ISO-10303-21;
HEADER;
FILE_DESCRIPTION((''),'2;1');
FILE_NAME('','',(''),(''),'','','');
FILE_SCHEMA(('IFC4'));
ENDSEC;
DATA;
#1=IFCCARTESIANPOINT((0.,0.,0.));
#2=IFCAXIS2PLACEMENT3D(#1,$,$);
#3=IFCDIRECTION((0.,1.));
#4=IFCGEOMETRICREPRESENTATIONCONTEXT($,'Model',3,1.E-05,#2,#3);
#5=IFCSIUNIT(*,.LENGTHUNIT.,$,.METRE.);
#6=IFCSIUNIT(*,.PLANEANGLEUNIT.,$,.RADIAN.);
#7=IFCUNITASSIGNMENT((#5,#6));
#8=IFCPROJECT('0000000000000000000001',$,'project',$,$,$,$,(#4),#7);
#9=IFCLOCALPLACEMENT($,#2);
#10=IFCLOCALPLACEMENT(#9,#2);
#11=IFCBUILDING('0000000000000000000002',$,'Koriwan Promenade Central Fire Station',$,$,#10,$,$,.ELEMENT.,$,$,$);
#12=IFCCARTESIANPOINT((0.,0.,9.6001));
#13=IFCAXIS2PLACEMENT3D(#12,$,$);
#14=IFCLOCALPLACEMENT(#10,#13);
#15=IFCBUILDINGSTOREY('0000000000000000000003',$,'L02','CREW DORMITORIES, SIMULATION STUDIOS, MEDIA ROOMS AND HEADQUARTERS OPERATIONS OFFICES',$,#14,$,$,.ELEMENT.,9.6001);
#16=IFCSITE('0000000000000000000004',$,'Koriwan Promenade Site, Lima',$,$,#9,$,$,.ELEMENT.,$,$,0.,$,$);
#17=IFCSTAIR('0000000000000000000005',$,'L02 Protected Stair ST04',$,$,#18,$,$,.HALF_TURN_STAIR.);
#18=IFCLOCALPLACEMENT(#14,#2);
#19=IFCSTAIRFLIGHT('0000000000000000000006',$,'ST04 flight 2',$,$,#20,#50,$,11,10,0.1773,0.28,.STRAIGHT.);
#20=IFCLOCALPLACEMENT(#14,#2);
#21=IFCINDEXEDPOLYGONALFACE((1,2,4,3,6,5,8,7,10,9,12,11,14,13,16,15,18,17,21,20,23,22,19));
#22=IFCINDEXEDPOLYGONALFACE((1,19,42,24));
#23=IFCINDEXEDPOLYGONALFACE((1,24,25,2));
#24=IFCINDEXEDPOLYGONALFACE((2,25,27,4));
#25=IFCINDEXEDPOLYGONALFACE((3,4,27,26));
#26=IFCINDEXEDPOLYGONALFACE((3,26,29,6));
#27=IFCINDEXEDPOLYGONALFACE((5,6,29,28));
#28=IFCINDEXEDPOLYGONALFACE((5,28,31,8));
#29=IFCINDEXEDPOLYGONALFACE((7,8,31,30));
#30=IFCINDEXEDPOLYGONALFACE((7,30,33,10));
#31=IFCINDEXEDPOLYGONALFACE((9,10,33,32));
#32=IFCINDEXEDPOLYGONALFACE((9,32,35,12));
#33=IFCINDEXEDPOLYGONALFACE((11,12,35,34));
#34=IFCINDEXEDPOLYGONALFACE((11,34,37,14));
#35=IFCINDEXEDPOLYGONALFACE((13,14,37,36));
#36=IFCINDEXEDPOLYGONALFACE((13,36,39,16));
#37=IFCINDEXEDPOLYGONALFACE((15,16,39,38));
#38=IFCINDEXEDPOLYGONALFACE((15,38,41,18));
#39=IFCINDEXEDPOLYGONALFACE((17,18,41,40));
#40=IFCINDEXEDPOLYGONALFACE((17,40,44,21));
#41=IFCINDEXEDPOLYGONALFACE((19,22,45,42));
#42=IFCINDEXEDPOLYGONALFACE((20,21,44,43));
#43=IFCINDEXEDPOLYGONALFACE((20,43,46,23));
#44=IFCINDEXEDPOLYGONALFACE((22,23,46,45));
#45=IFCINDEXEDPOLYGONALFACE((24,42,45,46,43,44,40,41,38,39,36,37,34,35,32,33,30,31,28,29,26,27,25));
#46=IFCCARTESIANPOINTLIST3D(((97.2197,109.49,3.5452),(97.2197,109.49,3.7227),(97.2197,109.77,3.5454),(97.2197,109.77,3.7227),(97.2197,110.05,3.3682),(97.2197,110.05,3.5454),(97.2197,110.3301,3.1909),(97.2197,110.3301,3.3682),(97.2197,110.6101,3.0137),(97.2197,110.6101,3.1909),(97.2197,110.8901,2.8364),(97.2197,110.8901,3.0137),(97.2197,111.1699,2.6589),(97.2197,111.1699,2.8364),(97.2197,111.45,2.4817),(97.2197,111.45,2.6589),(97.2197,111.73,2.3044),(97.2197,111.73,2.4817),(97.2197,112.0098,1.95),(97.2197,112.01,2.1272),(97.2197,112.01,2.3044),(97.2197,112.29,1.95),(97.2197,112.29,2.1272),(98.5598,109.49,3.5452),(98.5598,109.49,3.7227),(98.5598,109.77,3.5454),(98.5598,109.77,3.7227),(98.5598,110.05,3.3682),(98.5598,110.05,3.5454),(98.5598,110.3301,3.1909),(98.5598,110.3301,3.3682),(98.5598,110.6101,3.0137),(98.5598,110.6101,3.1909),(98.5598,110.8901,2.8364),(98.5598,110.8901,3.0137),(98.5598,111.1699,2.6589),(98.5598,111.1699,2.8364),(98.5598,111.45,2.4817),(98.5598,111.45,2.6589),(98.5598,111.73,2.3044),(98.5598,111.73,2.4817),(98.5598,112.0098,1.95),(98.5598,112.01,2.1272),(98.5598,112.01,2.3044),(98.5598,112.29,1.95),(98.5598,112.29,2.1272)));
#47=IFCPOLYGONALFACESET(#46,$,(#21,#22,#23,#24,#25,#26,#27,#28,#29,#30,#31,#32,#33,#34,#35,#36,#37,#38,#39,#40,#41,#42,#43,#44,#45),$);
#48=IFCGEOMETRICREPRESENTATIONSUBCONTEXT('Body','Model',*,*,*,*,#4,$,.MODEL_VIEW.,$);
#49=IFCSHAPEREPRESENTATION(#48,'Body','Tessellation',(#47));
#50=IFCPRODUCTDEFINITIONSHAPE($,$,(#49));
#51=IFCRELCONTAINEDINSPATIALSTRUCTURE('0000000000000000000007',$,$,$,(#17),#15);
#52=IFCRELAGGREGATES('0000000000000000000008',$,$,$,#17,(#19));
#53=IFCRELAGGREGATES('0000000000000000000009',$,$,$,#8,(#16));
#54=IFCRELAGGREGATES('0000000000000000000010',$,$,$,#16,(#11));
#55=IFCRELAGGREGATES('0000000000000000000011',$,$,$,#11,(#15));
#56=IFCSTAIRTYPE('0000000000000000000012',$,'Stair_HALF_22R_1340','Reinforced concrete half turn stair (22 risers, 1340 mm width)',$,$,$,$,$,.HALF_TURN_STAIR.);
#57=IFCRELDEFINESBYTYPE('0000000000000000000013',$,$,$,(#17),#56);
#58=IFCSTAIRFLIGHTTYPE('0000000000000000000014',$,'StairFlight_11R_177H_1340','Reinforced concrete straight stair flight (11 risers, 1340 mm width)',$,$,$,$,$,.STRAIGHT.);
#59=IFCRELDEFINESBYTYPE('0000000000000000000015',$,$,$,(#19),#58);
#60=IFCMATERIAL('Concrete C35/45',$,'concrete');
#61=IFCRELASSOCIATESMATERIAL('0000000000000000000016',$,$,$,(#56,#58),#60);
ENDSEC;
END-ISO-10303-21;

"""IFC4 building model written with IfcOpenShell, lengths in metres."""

from ifc_helpers import new_model, si_unit, direction, frame, origin, place, context, subcontext, project, spatial, polyline, outline, extrude, material, type_object, element, aggregate, save


model = new_model("IFC4")

# Units and contexts
model_context = context("Model", 3, precision=1e-05, world=origin(), true_north=direction((0.0, 1.0)))
body_context = subcontext(model_context, "Body", "Model", "MODEL_VIEW")
ifc_project = project(units=[si_unit("LENGTHUNIT", "METRE"), si_unit("PLANEANGLEUNIT", "RADIAN")], contexts=[model_context])

# Site, building, storey
site_placement = place(None, origin())
site = spatial("IfcSite", under=ifc_project, at=site_placement, Name="Koriwan Promenade Site, Lima", CompositionType="ELEMENT", RefElevation=0.0)
building_placement = place(site_placement, origin())
building = spatial("IfcBuilding", under=site, at=building_placement, Name="Koriwan Promenade Central Fire Station", CompositionType="ELEMENT")
storey_placement = place(building_placement, frame((0.0, 0.0, 9.6001)))
storey = spatial("IfcBuildingStorey", under=building, at=storey_placement, Name="L02", Description="CREW DORMITORIES, SIMULATION STUDIOS, MEDIA ROOMS AND HEADQUARTERS OPERATIONS OFFICES", CompositionType="ELEMENT", Elevation=9.6001)

# Shared definitions
ifc_material_1 = material(Name="Concrete C35/45", Category="concrete")

# Stair, stair flight
stair_type = type_object("IfcStairType", Name="Stair_HALF_22R_1340", Description="Reinforced concrete half turn stair (22 risers, 1340 mm width)", PredefinedType="HALF_TURN_STAIR", material=ifc_material_1)
stair_placement = place(storey_placement, origin())
stair = element("IfcStair", 1, at=stair_placement, inside=storey, type_object=stair_type, Name="L02 Protected Stair ST04", PredefinedType="HALF_TURN_STAIR")
stair_flight_type = type_object("IfcStairFlightType", Name="StairFlight_11R_177H_1340", Description="Reinforced concrete straight stair flight (11 risers, 1340 mm width)", PredefinedType="STRAIGHT", material=ifc_material_1)
stair_flight_1_placement = place(storey_placement, frame((97.8899, 112.29, 1.95), z_axis=(0.0, 0.0, 1.0), x_axis=(0.0, -1.0, 0.0)))
stair_flight_1 = element("IfcStairFlight", 2, at=stair_flight_1_placement, type_object=stair_flight_type, Name="ST04 flight 2", NumberOfRisers=11, NumberOfTreads=10, PredefinedType="STRAIGHT", RiserHeight=0.1773, TreadLength=0.28, context=body_context, shape_type="SweptSolid", body=[
    extrude(outline(polyline([(0.0, 0.0), (0.0, 0.1772), (0.28, 0.1772), (0.28, 0.3545), (0.5601, 0.3545), (0.5601, 0.5317), (0.8401, 0.5317), (0.8401, 0.709), (1.1201, 0.709), (1.1201, 0.8865), (1.3999, 0.8865), (1.3999, 1.0637), (1.6799, 1.0637), (1.6799, 1.241), (1.96, 1.241), (1.96, 1.4182), (2.24, 1.4182), (2.24, 1.5955), (2.52, 1.5955), (2.52, 1.7727), (2.8, 1.7727), (2.8, 1.95), (2.8, 1.5952), (0.2803, 0.0), (0.0, 0.0)])), frame((0.0, 0.6699, 0.0), z_axis=(0.0, -1.0, 0.0), x_axis=(1.0, 0.0, 0.0)), (0.0, 0.0, 1.0), 1.3401),
])
aggregate(stair, [stair_flight_1])

save(model, "model.ifc")
